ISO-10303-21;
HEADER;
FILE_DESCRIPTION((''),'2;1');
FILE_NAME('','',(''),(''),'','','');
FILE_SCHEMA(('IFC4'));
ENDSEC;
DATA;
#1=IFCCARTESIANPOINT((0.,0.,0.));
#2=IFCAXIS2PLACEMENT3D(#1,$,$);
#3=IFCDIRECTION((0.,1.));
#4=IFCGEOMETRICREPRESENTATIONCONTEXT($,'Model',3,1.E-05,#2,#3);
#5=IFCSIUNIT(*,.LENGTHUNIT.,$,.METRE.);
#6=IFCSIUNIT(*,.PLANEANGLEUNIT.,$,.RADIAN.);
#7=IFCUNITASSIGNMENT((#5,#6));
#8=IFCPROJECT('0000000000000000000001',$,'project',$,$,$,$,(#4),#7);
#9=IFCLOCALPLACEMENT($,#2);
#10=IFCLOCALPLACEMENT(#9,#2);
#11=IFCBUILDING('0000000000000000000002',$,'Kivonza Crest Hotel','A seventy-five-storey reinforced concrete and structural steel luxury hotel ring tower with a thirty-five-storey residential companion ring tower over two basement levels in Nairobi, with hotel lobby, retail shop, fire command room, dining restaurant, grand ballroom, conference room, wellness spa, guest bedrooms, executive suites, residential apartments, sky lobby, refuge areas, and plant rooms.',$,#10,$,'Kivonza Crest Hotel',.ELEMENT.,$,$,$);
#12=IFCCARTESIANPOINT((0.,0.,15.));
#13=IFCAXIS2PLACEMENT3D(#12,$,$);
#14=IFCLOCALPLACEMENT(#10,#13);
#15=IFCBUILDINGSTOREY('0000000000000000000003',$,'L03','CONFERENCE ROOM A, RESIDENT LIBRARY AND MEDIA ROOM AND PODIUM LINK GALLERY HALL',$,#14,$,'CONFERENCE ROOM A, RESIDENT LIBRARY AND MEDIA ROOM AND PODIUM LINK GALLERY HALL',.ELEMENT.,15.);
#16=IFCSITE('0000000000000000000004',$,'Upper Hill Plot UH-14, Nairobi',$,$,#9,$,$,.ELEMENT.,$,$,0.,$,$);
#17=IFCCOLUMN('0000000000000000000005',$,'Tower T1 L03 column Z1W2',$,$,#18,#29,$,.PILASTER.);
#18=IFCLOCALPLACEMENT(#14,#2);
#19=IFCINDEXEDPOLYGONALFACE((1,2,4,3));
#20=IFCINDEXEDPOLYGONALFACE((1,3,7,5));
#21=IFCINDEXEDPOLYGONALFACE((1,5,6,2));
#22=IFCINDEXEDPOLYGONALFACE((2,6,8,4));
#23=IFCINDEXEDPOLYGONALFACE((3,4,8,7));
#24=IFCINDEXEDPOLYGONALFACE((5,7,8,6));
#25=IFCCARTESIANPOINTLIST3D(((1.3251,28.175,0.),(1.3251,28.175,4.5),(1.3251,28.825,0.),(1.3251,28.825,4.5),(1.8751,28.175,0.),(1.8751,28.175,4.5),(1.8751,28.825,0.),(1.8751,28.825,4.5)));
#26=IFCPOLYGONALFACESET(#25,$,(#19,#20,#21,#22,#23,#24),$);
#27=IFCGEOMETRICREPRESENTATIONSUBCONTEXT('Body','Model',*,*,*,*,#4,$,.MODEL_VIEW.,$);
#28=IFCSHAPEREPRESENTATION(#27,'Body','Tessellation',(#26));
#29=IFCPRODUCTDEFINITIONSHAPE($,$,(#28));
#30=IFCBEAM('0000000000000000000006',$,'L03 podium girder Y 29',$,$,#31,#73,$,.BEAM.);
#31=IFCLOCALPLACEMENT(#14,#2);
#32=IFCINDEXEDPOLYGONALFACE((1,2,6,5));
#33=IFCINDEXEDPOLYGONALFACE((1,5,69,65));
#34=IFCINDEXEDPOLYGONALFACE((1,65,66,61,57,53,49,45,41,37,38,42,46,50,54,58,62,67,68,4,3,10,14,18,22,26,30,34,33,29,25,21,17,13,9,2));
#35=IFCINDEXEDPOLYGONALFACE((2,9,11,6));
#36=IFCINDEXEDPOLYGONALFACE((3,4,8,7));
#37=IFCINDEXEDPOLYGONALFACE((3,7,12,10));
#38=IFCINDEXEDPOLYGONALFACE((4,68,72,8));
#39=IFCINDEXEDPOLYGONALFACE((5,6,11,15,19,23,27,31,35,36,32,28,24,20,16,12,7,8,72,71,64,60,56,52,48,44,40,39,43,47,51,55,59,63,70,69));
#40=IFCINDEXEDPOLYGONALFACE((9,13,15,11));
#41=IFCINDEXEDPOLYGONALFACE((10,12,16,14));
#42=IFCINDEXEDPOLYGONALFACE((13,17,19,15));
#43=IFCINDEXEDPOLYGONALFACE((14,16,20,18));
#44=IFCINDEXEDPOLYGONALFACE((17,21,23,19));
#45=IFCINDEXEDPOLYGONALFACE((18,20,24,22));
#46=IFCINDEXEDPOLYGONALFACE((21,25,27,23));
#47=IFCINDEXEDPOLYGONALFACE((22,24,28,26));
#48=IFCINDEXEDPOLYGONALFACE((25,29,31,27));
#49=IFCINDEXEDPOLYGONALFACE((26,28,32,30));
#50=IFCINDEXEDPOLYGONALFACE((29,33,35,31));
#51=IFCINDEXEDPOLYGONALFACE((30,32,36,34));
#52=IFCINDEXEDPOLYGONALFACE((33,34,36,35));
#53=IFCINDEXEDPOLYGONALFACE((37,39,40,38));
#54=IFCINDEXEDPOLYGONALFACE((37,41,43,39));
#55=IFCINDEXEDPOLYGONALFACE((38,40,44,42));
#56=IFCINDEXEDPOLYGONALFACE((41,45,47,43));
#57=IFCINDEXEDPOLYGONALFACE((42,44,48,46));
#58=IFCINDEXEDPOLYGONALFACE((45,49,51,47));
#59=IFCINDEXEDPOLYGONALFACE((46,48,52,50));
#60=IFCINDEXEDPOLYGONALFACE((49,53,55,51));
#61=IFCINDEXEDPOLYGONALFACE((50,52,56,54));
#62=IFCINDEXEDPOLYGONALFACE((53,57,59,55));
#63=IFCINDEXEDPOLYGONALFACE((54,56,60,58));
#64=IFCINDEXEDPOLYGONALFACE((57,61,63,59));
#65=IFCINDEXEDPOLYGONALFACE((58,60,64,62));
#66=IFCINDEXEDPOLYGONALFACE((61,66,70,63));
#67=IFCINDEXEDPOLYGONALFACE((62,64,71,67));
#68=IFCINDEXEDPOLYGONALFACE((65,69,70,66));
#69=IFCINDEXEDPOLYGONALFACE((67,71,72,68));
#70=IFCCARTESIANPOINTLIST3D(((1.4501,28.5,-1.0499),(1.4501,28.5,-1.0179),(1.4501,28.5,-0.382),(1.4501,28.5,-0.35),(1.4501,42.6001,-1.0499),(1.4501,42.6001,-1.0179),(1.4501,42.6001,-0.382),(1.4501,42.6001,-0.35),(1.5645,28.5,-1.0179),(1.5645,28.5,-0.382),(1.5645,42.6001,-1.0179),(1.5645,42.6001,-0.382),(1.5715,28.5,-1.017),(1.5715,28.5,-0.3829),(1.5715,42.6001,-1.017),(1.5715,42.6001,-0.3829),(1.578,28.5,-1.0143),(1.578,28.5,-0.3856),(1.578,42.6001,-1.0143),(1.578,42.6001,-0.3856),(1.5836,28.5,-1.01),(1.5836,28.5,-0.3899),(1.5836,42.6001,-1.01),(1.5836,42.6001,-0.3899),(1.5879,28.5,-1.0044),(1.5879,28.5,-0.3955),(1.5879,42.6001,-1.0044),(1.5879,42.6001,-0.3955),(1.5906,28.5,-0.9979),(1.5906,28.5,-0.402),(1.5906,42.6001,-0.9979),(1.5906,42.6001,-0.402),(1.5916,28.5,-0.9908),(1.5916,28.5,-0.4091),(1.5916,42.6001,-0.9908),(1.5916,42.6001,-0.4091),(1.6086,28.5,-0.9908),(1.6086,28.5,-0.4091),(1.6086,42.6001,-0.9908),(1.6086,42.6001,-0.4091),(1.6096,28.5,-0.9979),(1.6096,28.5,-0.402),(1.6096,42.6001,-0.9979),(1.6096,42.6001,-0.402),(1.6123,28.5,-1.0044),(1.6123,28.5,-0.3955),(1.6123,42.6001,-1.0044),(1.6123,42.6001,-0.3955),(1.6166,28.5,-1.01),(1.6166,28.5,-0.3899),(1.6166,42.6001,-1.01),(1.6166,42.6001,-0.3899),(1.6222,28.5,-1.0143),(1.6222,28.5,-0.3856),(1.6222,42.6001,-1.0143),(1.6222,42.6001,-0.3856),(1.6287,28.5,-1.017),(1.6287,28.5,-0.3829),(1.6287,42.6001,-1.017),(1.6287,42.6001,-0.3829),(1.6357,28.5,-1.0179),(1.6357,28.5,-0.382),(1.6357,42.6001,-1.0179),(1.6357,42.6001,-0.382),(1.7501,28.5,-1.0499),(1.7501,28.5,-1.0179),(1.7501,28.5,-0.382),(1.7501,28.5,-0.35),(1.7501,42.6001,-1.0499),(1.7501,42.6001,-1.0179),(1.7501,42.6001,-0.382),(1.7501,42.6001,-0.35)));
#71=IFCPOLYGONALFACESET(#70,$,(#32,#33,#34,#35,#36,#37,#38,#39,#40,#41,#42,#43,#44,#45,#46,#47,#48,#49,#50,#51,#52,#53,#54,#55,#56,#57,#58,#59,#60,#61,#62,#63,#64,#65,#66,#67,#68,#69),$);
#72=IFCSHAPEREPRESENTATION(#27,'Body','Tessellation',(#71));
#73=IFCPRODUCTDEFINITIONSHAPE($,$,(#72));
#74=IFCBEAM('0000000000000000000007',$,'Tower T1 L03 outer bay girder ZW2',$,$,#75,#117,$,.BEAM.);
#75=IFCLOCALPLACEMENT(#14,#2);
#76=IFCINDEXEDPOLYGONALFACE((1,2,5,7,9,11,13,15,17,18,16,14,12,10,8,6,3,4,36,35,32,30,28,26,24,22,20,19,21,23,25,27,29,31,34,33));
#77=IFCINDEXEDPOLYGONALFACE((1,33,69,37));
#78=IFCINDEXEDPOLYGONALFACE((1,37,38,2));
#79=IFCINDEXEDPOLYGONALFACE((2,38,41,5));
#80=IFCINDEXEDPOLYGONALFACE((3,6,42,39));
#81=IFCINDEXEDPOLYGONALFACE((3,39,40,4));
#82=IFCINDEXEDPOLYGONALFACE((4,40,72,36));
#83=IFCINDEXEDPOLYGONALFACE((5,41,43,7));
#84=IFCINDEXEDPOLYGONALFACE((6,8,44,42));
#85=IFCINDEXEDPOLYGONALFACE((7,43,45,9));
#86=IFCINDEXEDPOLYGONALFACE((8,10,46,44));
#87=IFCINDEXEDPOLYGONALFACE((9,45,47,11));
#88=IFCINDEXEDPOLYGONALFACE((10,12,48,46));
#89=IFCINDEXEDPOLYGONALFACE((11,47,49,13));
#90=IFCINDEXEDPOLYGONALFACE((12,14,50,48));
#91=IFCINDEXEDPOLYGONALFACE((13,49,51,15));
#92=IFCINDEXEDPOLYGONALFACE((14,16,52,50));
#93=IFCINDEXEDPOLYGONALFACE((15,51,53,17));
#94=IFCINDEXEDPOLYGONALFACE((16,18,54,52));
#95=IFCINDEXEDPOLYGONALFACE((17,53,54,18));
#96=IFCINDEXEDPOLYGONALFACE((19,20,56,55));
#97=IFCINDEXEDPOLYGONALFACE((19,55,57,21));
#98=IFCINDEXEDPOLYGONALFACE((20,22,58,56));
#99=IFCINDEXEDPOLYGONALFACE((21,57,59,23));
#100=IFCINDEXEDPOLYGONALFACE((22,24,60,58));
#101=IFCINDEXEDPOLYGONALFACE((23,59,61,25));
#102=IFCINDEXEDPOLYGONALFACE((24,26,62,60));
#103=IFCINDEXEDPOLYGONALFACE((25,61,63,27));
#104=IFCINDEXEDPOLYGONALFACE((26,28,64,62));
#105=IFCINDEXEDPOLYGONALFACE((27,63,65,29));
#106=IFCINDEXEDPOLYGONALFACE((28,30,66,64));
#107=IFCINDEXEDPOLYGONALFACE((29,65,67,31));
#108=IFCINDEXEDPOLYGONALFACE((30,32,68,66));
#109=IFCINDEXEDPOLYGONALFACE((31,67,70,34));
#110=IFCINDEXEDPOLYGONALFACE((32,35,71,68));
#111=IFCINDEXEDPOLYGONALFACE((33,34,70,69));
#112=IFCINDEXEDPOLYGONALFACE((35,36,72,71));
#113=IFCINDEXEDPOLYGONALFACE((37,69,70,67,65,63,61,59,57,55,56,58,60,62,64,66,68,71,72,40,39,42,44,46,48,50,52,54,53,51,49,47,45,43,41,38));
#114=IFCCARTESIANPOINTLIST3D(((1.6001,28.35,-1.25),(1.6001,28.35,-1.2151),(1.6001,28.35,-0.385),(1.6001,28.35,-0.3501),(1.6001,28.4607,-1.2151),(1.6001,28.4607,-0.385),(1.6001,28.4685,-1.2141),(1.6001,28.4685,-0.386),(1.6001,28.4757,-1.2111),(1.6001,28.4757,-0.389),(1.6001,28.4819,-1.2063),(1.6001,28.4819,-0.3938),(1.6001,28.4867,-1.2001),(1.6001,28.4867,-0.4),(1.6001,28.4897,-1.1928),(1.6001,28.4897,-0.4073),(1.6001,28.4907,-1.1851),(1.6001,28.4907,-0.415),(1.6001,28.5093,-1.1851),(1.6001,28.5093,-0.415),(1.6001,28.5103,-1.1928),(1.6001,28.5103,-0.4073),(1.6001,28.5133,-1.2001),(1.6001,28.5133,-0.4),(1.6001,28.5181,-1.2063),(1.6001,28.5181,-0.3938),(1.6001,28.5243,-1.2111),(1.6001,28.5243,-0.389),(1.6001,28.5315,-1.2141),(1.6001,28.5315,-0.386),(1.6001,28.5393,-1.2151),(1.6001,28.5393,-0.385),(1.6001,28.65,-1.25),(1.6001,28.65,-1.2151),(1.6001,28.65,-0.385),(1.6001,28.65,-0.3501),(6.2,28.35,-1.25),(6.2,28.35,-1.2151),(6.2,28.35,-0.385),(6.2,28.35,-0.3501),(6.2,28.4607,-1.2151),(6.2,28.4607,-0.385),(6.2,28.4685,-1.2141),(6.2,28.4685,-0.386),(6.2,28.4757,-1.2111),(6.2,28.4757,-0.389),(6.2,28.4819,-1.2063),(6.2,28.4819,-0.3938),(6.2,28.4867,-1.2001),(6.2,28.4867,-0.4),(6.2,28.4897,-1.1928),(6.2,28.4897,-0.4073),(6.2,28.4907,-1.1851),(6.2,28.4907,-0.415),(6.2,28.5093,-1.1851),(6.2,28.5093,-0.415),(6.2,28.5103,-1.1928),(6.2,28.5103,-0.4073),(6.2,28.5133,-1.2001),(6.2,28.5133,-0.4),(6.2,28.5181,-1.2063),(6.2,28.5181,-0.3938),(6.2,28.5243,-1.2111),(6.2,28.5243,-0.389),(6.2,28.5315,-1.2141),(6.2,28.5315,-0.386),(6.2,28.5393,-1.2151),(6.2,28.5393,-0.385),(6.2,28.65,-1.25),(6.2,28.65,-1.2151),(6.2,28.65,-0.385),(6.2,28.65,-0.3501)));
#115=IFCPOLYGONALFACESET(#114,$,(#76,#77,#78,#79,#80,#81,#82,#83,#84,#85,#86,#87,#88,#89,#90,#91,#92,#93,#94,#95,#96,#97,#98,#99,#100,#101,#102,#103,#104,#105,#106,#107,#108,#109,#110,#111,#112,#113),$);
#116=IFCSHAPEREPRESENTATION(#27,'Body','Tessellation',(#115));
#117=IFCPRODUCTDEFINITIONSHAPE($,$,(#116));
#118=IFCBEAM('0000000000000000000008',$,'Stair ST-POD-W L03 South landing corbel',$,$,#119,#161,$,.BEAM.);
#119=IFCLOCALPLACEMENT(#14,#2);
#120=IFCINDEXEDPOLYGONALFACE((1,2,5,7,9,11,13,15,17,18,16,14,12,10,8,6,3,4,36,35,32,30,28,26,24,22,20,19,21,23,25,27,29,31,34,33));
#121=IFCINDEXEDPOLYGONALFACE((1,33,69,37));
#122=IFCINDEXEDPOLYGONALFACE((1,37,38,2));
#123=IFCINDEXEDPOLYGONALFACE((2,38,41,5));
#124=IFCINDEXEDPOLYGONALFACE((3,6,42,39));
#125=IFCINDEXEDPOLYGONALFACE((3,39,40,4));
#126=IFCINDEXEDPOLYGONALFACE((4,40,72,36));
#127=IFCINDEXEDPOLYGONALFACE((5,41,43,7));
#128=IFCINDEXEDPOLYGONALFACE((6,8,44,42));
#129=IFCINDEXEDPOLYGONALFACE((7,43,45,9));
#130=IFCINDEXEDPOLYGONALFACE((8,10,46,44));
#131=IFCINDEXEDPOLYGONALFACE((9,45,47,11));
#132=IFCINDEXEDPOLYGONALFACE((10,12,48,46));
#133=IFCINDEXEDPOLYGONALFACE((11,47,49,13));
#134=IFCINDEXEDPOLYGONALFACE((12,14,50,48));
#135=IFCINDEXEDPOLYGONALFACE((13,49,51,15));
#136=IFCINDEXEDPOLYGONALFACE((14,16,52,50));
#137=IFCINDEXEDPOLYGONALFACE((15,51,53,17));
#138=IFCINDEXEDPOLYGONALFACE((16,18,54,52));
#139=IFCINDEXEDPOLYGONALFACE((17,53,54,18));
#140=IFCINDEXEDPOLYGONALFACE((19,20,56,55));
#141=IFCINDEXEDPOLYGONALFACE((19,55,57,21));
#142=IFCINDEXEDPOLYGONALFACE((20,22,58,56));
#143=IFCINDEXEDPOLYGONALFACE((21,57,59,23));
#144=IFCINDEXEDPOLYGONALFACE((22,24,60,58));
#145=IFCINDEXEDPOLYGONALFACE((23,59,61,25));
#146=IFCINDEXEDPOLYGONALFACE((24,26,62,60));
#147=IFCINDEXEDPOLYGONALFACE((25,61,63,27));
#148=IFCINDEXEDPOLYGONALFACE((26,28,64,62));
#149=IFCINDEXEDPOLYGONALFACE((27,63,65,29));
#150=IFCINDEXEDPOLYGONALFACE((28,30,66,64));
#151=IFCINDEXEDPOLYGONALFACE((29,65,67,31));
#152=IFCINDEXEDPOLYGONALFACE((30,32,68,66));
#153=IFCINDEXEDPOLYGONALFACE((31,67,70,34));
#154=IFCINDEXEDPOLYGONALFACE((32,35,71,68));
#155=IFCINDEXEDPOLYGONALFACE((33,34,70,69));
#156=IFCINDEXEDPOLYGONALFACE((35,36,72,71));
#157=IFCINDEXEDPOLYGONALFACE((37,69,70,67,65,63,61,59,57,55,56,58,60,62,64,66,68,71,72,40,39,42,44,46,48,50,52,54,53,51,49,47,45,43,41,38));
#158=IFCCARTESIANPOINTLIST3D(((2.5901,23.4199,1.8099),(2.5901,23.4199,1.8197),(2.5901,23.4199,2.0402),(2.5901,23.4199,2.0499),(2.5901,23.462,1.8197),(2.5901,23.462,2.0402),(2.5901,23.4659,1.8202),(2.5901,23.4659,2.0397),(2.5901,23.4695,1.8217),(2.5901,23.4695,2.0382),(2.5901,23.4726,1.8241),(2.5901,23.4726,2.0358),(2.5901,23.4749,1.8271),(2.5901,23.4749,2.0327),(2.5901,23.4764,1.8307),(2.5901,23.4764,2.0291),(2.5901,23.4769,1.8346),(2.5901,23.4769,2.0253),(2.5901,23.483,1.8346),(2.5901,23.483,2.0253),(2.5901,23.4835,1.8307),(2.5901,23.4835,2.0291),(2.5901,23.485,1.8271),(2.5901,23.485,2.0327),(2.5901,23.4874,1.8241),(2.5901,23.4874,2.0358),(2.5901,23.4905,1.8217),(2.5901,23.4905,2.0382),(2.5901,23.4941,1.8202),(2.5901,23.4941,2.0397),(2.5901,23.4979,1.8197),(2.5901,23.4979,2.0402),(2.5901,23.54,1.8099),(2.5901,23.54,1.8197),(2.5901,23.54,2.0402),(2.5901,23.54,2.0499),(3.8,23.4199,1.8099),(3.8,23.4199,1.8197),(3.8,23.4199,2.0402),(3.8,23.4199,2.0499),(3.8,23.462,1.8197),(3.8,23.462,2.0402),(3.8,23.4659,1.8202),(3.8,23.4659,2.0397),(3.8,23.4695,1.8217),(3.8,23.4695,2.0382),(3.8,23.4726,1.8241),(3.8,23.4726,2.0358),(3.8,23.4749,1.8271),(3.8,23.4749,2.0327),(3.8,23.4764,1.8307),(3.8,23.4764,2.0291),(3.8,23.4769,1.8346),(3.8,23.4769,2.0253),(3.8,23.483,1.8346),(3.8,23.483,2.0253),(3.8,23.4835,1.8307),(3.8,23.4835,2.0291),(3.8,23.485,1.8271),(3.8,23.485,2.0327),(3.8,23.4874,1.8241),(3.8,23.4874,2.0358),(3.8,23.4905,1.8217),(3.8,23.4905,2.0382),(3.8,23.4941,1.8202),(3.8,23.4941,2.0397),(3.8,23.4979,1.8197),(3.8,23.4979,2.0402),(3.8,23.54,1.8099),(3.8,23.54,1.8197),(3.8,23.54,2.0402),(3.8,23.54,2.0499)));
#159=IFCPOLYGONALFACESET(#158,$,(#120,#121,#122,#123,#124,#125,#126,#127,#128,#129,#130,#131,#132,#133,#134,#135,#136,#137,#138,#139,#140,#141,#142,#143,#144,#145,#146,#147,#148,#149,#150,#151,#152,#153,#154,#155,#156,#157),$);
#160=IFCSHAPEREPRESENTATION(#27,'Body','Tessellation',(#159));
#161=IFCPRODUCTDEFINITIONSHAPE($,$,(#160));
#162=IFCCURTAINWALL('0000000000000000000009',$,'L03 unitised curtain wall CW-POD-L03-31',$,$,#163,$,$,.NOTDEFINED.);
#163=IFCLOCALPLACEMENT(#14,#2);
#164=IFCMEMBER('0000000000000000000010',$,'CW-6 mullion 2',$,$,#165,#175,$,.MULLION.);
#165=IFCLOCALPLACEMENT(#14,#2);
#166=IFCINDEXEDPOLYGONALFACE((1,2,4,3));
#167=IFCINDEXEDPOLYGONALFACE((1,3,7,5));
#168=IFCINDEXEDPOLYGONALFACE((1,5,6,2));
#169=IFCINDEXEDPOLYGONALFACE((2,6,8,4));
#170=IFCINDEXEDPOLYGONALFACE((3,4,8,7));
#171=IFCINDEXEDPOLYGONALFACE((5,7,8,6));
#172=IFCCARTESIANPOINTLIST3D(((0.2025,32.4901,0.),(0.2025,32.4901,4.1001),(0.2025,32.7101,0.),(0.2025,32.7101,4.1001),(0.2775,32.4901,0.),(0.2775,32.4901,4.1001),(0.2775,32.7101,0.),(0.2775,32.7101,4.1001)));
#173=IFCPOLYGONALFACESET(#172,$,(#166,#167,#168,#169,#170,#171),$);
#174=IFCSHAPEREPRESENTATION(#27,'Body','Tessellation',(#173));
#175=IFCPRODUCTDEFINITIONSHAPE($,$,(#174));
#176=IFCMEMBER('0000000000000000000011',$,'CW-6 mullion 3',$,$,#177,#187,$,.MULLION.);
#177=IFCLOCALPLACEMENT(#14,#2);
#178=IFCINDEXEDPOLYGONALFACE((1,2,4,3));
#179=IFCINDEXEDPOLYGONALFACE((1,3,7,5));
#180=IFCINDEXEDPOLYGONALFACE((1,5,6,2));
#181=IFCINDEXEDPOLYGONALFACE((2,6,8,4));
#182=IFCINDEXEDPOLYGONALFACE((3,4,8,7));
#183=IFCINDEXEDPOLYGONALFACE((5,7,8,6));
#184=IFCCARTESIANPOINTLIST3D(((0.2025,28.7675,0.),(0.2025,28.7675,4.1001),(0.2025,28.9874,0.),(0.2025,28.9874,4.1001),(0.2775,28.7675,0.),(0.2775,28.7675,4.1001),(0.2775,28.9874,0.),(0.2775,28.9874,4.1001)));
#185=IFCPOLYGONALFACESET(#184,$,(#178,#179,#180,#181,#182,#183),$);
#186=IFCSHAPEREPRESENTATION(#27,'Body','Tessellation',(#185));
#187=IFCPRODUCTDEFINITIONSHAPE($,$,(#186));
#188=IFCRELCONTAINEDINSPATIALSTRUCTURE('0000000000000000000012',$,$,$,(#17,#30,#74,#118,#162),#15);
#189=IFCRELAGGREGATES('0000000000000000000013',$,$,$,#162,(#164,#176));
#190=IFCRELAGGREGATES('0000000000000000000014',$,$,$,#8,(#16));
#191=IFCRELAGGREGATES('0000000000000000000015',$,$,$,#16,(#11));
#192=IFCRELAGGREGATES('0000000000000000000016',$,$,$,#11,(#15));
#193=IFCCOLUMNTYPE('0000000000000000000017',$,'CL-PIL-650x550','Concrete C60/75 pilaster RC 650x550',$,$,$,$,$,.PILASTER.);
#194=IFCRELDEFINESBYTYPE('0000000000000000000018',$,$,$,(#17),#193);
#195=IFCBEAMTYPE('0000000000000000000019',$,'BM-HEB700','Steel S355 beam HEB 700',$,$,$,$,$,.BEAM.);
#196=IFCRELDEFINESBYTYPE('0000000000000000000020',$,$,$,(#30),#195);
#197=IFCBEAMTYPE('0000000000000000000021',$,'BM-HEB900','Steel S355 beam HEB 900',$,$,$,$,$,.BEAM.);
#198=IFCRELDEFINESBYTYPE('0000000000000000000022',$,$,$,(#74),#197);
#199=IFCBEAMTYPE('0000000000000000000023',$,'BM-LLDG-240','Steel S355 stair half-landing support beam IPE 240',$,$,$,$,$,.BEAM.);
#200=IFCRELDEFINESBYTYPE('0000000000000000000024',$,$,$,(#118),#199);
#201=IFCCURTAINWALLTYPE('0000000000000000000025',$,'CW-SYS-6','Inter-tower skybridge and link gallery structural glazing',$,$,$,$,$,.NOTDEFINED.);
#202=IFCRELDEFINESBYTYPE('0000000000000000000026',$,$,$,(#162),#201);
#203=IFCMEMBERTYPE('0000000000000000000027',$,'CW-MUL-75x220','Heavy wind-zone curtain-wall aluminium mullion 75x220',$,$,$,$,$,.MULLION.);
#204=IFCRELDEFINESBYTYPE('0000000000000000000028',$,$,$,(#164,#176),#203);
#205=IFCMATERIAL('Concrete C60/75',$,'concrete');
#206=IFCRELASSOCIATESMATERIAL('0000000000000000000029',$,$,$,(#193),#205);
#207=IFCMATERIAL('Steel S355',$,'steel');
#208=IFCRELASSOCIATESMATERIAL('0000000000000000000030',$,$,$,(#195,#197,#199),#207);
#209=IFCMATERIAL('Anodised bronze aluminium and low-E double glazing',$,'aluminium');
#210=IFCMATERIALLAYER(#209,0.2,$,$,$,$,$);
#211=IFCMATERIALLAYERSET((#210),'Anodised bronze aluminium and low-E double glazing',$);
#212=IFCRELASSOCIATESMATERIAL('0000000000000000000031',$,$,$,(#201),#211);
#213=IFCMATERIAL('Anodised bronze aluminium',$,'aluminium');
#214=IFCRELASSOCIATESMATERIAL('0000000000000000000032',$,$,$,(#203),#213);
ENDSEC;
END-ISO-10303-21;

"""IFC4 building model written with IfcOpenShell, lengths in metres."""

from ifc_helpers import new_model, si_unit, direction, frame, origin, origin_2d, place, context, subcontext, project, spatial, rectangle, i_section, extrude, material, layer, layer_set, material_profile, profile_set, type_object, element, aggregate, save


model = new_model("IFC4")

# Units and contexts
model_context = context("Model", 3, precision=1e-05, world=origin(), true_north=direction((0.0, 1.0)))
body_context = subcontext(model_context, "Body", "Model", "MODEL_VIEW")
ifc_project = project(units=[si_unit("LENGTHUNIT", "METRE"), si_unit("PLANEANGLEUNIT", "RADIAN")], contexts=[model_context])

# Site, building, storey
site_placement = place(None, origin())
site = spatial("IfcSite", under=ifc_project, at=site_placement, Name="Upper Hill Plot UH-14, Nairobi", CompositionType="ELEMENT", RefElevation=0.0)
building_placement = place(site_placement, origin())
building = spatial("IfcBuilding", under=site, at=building_placement, Name="Kivonza Crest Hotel", Description="A seventy-five-storey reinforced concrete and structural steel luxury hotel ring tower with a thirty-five-storey residential companion ring tower over two basement levels in Nairobi, with hotel lobby, retail shop, fire command room, dining restaurant, grand ballroom, conference room, wellness spa, guest bedrooms, executive suites, residential apartments, sky lobby, refuge areas, and plant rooms.", LongName="Kivonza Crest Hotel", CompositionType="ELEMENT")
storey_placement = place(building_placement, frame((0.0, 0.0, 15.0)))
storey = spatial("IfcBuildingStorey", under=building, at=storey_placement, Name="L03", Description="CONFERENCE ROOM A, RESIDENT LIBRARY AND MEDIA ROOM AND PODIUM LINK GALLERY HALL", LongName="CONFERENCE ROOM A, RESIDENT LIBRARY AND MEDIA ROOM AND PODIUM LINK GALLERY HALL", CompositionType="ELEMENT", Elevation=15.0)

# Column
ifc_material_1 = material(Name="Concrete C60/75", Category="concrete")
ifc_material_profile_1 = material_profile(ifc_material_1, rectangle(XDim=0.55, YDim=0.6499, at=origin_2d()), Name="RC 650x550")
ifc_profile_set_1 = profile_set([ifc_material_profile_1], Name="Concrete C60/75")
column_type = type_object("IfcColumnType", Name="CL-PIL-650x550", Description="Concrete C60/75 pilaster RC 650x550", PredefinedType="PILASTER", material=ifc_profile_set_1)
column_placement = place(storey_placement, frame((1.6001, 28.5, 0.0), z_axis=(0.0, 0.0, 1.0), x_axis=(1.0, 0.0, 0.0)))
element("IfcColumn", 1, at=column_placement, inside=storey, type_object=column_type, Name="Tower T1 L03 column Z1W2", PredefinedType="PILASTER", context=body_context, shape_type="SweptSolid", body=[
    extrude(rectangle(XDim=0.55, YDim=0.6499, at=origin_2d()), origin(), (0.0, 0.0, 1.0), 4.5),
])

# Beams
ifc_material_2 = material(Name="Steel S355", Category="steel")
ifc_material_profile_2 = material_profile(ifc_material_2, i_section(OverallWidth=0.3, OverallDepth=0.7, WebThickness=0.0171, FlangeThickness=0.032, FilletRadius=0.0271, at=origin_2d()), Name="HEB 700")
ifc_profile_set_2 = profile_set([ifc_material_profile_2], Name="Steel S355")
beam_type_1 = type_object("IfcBeamType", Name="BM-HEB700", Description="Steel S355 beam HEB 700", PredefinedType="BEAM", material=ifc_profile_set_2)
beam_1_placement = place(storey_placement, frame((1.6001, 28.5, -0.7), z_axis=(0.0, 1.0, 0.0), x_axis=(-1.0, 0.0, 0.0)))
element("IfcBeam", 2, at=beam_1_placement, inside=storey, type_object=beam_type_1, Name="L03 podium girder Y 29", PredefinedType="BEAM", context=body_context, shape_type="SweptSolid", body=[
    extrude(i_section(OverallWidth=0.3, OverallDepth=0.7, WebThickness=0.0171, FlangeThickness=0.032, FilletRadius=0.0271, at=origin_2d()), origin(), (0.0, 0.0, 1.0), 14.1001),
])
ifc_material_profile_3 = material_profile(ifc_material_2, i_section(OverallWidth=0.3, OverallDepth=0.8999, WebThickness=0.0186, FlangeThickness=0.0349, FilletRadius=0.03, at=origin_2d()), Name="HEB 900")
ifc_profile_set_3 = profile_set([ifc_material_profile_3], Name="Steel S355")
beam_type_2 = type_object("IfcBeamType", Name="BM-HEB900", Description="Steel S355 beam HEB 900", PredefinedType="BEAM", material=ifc_profile_set_3)
beam_2_placement = place(storey_placement, frame((1.6001, 28.5, -0.8), z_axis=(1.0, 0.0, 0.0), x_axis=(0.0, 1.0, 0.0)))
element("IfcBeam", 3, at=beam_2_placement, inside=storey, type_object=beam_type_2, Name="Tower T1 L03 outer bay girder ZW2", PredefinedType="BEAM", context=body_context, shape_type="SweptSolid", body=[
    extrude(i_section(OverallWidth=0.3, OverallDepth=0.8999, WebThickness=0.0186, FlangeThickness=0.0349, FilletRadius=0.03, at=origin_2d()), origin(), (0.0, 0.0, 1.0), 4.5999),
])
ifc_material_profile_4 = material_profile(ifc_material_2, i_section(OverallWidth=0.1201, OverallDepth=0.24, WebThickness=0.0061, FlangeThickness=0.0098, FilletRadius=0.0149, at=origin_2d()), Name="IPE 240")
ifc_profile_set_4 = profile_set([ifc_material_profile_4], Name="Steel S355")
beam_type_3 = type_object("IfcBeamType", Name="BM-LLDG-240", Description="Steel S355 stair half-landing support beam IPE 240", PredefinedType="BEAM", material=ifc_profile_set_4)
beam_3_placement = place(storey_placement, frame((2.5901, 23.48, 1.9299), z_axis=(1.0, 0.0, 0.0), x_axis=(0.0, 1.0, 0.0)))
element("IfcBeam", 4, at=beam_3_placement, inside=storey, type_object=beam_type_3, Name="Stair ST-POD-W L03 South landing corbel", PredefinedType="BEAM", context=body_context, shape_type="SweptSolid", body=[
    extrude(i_section(OverallWidth=0.1201, OverallDepth=0.24, WebThickness=0.0061, FlangeThickness=0.0098, FilletRadius=0.0149, at=origin_2d()), origin(), (0.0, 0.0, 1.0), 1.21),
])

# Curtain wall, members
ifc_material_3 = material(Name="Anodised bronze aluminium and low-E double glazing", Category="aluminium")
ifc_layer_1 = layer(ifc_material_3, 0.2)
ifc_layer_set_1 = layer_set([ifc_layer_1], Name="Anodised bronze aluminium and low-E double glazing")
curtain_wall_type = type_object("IfcCurtainWallType", Name="CW-SYS-6", Description="Inter-tower skybridge and link gallery structural glazing", PredefinedType="NOTDEFINED", material=ifc_layer_set_1)
curtain_wall_1_placement = place(storey_placement, origin())
curtain_wall_1 = element("IfcCurtainWall", 5, at=curtain_wall_1_placement, inside=storey, type_object=curtain_wall_type, Name="L03 unitised curtain wall CW-POD-L03-31", PredefinedType="NOTDEFINED")
ifc_material_4 = material(Name="Anodised bronze aluminium", Category="aluminium")
ifc_material_profile_5 = material_profile(ifc_material_4, rectangle(XDim=0.075, YDim=0.22, at=origin_2d()), Name="CW-M 75x220")
ifc_profile_set_5 = profile_set([ifc_material_profile_5], Name="Anodised bronze aluminium")
member_type_1 = type_object("IfcMemberType", Name="CW-MUL-75x220", Description="Heavy wind-zone curtain-wall aluminium mullion 75x220", PredefinedType="MULLION", material=ifc_profile_set_5)
member_1_placement = place(storey_placement, frame((0.24, 32.6001, 0.0), z_axis=(0.0, 0.0, 1.0), x_axis=(1.0, 0.0, 0.0)))
member_1 = element("IfcMember", 6, at=member_1_placement, type_object=member_type_1, Name="CW-6 mullion 2", PredefinedType="MULLION", context=body_context, shape_type="SweptSolid", body=[
    extrude(rectangle(XDim=0.075, YDim=0.22, at=origin_2d()), origin(), (0.0, 0.0, 1.0), 4.1001),
])
member_2_placement = place(storey_placement, frame((0.24, 28.8774, 0.0), z_axis=(0.0, 0.0, 1.0), x_axis=(1.0, 0.0, 0.0)))
member_2 = element("IfcMember", 7, at=member_2_placement, type_object=member_type_1, Name="CW-6 mullion 3", PredefinedType="MULLION", context=body_context, shape_type="SweptSolid", body=[
    extrude(rectangle(XDim=0.075, YDim=0.22, at=origin_2d()), origin(), (0.0, 0.0, 1.0), 4.1001),
])

aggregate(curtain_wall_1, [member_1, member_2])

save(model, "model.ifc")
